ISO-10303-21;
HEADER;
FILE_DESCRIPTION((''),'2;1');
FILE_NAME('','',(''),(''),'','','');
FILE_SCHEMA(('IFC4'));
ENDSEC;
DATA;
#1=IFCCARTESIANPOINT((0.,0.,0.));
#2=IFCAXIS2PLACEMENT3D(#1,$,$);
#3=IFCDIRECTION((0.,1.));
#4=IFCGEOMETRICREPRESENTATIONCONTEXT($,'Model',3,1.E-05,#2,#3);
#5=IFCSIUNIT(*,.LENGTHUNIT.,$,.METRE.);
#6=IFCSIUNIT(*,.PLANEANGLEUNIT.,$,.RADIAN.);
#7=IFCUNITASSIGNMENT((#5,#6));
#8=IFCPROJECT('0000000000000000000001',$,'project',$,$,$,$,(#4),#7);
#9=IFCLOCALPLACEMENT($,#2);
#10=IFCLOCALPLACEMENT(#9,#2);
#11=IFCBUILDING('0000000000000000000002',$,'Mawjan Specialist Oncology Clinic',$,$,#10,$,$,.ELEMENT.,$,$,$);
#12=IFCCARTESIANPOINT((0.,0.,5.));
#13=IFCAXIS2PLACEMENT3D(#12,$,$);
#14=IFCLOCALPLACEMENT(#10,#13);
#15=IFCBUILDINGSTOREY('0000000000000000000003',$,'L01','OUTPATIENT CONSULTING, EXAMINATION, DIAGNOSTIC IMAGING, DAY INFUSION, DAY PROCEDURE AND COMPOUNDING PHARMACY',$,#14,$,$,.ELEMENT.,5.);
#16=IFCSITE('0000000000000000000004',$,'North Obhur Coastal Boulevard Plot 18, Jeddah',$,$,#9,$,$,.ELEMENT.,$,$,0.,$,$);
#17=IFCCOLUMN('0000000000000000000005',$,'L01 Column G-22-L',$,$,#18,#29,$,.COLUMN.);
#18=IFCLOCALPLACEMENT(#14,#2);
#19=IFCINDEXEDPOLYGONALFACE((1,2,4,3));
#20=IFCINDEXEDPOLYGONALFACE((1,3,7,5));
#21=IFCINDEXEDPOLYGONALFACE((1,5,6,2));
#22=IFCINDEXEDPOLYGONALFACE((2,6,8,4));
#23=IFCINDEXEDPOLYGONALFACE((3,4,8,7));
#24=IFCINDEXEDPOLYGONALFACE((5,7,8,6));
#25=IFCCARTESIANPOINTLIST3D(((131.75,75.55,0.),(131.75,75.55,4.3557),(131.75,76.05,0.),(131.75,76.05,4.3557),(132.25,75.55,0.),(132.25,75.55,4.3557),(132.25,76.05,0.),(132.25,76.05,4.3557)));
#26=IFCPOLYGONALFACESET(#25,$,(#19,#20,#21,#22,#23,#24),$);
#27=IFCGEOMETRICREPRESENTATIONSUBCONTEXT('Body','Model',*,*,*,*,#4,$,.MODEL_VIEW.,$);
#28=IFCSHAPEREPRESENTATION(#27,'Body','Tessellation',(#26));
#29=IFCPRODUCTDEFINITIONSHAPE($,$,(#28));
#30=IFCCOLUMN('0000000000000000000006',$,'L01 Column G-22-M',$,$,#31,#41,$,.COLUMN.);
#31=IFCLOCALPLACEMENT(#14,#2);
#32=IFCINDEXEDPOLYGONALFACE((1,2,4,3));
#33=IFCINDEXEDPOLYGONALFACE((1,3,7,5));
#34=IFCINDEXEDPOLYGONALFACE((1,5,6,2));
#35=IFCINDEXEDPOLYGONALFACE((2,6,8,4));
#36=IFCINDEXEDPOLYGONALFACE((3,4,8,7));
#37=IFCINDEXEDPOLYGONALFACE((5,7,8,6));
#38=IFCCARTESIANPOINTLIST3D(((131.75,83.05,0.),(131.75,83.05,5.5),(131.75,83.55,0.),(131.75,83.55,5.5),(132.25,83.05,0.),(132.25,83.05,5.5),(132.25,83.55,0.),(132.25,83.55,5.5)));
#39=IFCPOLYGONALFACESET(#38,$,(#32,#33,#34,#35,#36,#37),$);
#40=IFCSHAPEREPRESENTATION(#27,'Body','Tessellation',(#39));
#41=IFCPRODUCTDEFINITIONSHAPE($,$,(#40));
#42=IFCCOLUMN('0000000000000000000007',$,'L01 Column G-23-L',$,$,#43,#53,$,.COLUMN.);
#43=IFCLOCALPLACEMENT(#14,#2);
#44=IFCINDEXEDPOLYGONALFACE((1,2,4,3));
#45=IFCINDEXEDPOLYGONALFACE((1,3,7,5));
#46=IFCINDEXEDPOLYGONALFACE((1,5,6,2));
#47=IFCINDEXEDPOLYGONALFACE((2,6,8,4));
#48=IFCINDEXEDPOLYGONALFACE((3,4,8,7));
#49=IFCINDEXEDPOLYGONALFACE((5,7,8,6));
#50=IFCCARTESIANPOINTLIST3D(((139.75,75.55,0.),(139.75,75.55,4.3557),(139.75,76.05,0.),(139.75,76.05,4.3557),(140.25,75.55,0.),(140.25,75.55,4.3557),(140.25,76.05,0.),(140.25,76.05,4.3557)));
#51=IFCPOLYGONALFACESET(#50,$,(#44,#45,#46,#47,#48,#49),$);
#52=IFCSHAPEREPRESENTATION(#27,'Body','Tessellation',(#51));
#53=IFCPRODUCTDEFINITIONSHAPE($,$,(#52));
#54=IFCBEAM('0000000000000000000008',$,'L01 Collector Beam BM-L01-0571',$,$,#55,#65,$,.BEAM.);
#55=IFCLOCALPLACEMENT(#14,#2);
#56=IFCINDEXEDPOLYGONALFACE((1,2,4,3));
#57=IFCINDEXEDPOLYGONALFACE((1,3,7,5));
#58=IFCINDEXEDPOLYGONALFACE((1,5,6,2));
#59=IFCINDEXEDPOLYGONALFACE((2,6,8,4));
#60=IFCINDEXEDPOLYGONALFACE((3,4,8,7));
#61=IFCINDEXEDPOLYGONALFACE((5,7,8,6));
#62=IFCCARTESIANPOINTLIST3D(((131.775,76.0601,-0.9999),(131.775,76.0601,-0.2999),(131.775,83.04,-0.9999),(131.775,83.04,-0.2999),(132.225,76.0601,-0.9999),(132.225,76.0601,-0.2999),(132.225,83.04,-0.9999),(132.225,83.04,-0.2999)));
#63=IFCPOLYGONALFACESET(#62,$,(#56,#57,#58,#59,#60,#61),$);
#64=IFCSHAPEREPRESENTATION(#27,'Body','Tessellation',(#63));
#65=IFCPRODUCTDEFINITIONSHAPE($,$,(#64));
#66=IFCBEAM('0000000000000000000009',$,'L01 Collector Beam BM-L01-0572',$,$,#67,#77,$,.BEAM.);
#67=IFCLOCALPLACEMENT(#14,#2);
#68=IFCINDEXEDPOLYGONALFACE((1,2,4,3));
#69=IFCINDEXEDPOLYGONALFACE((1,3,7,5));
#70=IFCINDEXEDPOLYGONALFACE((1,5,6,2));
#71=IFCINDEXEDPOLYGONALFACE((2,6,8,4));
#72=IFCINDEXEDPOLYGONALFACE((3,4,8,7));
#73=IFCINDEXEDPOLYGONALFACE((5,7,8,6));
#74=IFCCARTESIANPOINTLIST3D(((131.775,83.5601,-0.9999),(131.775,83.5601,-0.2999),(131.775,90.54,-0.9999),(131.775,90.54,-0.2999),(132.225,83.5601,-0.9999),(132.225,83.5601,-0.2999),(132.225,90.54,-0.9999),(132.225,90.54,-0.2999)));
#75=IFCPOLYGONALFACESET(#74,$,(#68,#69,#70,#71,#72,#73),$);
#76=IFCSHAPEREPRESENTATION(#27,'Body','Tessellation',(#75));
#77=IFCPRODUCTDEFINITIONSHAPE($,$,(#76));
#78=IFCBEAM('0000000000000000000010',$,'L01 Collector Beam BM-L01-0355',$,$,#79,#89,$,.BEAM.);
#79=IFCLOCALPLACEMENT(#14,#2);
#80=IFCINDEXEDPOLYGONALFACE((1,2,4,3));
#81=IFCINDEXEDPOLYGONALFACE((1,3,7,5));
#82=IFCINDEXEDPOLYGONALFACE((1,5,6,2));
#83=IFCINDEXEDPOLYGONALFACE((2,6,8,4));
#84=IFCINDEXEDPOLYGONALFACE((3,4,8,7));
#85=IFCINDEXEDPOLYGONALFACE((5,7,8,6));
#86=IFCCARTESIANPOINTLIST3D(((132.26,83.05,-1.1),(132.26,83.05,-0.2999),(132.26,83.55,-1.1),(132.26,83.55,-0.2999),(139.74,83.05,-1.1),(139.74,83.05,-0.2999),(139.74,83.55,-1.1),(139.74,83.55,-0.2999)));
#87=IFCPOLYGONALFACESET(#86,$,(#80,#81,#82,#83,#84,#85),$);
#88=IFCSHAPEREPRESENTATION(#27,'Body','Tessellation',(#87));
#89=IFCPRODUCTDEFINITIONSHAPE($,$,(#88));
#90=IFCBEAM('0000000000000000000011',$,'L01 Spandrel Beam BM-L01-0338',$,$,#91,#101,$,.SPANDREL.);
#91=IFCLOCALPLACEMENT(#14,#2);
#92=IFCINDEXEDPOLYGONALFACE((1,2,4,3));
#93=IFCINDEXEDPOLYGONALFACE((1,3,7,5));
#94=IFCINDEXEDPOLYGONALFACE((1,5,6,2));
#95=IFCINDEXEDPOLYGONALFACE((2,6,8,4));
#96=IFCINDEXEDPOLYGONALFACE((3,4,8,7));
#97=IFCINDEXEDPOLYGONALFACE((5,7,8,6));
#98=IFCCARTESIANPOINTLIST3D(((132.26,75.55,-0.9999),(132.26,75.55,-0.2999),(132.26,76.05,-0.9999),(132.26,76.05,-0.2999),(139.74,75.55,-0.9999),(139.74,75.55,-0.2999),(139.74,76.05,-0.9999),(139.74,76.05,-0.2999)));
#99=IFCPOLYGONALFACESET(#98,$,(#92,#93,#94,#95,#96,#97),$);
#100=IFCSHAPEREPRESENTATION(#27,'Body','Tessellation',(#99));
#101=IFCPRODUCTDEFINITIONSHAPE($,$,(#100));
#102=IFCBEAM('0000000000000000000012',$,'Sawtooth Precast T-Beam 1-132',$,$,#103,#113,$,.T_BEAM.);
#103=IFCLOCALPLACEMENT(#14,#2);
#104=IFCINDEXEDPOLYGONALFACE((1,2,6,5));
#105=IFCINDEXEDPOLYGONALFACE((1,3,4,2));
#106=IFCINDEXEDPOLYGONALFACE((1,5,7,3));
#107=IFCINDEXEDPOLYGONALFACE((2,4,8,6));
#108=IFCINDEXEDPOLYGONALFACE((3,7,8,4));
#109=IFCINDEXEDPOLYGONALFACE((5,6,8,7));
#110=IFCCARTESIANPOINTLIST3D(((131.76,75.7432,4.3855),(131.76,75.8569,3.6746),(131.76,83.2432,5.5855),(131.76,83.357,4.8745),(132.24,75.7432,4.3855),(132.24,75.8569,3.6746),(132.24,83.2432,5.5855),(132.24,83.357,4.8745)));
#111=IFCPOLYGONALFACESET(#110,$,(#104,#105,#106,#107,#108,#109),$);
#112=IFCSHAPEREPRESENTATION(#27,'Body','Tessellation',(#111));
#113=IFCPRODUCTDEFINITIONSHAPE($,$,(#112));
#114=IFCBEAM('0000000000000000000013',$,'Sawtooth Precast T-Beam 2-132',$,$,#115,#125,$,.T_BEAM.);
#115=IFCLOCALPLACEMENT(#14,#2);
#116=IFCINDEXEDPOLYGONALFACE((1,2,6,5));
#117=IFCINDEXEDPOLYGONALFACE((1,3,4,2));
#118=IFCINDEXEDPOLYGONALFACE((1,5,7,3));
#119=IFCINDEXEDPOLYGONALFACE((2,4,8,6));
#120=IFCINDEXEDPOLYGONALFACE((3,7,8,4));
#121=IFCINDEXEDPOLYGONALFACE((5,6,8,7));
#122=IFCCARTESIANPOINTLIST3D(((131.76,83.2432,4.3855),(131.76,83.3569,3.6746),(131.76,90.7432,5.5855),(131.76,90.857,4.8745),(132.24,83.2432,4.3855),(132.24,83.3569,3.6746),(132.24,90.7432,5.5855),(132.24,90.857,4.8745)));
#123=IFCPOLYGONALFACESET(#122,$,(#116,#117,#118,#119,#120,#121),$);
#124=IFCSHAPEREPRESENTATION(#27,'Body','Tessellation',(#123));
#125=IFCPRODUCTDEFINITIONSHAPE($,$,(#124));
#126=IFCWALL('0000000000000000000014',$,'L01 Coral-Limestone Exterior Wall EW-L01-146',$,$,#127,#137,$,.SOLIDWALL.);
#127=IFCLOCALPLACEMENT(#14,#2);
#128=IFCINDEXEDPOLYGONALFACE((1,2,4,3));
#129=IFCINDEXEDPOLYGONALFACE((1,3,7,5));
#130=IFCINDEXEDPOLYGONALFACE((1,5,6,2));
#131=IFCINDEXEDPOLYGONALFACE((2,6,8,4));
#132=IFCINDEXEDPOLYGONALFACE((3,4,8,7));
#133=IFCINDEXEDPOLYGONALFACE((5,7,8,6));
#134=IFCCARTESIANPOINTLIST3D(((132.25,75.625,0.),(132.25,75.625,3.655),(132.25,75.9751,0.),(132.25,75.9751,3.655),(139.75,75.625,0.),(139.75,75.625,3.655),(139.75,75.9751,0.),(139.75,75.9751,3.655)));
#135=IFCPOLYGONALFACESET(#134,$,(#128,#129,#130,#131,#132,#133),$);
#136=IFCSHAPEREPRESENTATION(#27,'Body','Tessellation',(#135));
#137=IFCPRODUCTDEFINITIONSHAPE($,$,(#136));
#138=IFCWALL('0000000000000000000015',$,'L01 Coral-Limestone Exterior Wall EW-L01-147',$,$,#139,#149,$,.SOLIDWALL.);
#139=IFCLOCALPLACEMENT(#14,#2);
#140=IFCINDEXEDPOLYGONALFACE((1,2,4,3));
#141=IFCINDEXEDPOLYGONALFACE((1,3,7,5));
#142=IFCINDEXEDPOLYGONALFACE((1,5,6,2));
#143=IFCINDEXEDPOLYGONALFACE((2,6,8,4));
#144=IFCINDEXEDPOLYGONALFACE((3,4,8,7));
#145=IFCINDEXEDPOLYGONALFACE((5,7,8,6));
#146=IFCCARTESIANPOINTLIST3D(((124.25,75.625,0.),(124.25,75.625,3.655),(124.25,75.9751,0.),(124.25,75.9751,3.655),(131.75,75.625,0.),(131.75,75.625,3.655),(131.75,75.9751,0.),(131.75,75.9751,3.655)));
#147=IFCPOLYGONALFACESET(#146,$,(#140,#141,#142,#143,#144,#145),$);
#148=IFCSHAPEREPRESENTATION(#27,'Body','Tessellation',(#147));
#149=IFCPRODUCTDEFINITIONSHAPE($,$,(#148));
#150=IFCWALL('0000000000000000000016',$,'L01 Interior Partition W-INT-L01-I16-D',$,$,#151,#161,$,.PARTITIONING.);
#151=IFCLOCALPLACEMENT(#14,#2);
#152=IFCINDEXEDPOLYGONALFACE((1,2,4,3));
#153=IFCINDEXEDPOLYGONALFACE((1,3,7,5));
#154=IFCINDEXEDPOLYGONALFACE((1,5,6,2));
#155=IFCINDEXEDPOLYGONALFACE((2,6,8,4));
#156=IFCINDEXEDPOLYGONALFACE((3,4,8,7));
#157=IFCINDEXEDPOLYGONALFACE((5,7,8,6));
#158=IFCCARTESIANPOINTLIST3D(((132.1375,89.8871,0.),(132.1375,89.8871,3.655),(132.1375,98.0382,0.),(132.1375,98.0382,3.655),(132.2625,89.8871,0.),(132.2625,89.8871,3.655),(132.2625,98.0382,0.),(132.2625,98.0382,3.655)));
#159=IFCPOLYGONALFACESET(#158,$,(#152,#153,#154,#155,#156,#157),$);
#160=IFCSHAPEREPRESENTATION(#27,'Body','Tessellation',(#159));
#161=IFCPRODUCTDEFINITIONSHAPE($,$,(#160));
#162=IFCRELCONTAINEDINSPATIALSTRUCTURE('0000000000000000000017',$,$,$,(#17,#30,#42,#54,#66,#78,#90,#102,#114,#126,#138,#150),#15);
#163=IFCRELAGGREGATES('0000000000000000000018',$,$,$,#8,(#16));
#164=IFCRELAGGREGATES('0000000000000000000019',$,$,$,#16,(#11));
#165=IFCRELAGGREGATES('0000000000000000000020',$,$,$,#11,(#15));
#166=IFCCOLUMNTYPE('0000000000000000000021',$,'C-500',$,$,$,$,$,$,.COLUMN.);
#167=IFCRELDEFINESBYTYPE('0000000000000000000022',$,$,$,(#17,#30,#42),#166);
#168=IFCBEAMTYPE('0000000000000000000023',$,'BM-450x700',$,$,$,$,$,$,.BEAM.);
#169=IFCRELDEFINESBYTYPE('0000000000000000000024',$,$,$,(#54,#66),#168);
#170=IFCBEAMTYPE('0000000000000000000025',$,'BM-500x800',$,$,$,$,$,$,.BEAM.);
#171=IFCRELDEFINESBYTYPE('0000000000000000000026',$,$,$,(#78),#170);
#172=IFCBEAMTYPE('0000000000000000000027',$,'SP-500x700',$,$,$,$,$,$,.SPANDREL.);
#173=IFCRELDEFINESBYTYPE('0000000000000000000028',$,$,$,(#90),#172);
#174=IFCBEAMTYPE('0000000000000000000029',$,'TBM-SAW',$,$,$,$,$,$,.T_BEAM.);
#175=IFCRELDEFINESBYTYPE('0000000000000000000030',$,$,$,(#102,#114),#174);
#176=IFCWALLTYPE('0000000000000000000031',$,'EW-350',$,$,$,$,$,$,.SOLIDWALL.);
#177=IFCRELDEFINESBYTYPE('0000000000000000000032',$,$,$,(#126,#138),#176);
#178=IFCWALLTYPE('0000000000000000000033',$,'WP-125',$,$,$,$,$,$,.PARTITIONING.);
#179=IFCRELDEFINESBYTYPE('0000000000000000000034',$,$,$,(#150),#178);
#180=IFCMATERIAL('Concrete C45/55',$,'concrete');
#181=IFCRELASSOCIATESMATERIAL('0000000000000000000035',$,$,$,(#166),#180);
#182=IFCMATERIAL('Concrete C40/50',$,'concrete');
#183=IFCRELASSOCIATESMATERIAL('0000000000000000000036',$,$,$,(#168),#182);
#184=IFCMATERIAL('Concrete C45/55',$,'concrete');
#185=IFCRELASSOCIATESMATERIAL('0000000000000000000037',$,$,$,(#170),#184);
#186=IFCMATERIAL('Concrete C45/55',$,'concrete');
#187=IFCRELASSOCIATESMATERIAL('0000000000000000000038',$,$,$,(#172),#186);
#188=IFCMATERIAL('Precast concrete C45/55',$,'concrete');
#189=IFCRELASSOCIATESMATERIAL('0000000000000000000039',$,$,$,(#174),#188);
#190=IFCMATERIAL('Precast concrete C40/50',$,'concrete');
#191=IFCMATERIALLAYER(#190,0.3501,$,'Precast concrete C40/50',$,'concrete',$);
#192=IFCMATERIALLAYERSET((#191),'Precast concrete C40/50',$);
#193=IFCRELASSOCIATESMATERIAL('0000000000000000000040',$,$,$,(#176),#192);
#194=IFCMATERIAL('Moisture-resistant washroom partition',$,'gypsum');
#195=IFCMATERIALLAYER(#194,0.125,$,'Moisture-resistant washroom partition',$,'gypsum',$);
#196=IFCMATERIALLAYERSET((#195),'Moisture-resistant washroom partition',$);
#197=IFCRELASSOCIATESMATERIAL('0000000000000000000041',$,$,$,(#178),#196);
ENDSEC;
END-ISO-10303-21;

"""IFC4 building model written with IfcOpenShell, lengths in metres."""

from ifc_helpers import new_model, si_unit, direction, frame, frame_2d, origin, origin_2d, place, context, subcontext, project, spatial, rectangle, extrude, material, layer, layer_set, material_profile, profile_set, type_object, element, save


model = new_model("IFC4")

# Units and contexts
model_context = context("Model", 3, precision=1e-05, world=origin(), true_north=direction((0.0, 1.0)))
body_context = subcontext(model_context, "Body", "Model", "MODEL_VIEW")
ifc_project = project(units=[si_unit("LENGTHUNIT", "METRE"), si_unit("PLANEANGLEUNIT", "RADIAN")], contexts=[model_context])

# Site, building, storey
site_placement = place(None, origin())
site = spatial("IfcSite", under=ifc_project, at=site_placement, Name="North Obhur Coastal Boulevard Plot 18, Jeddah", CompositionType="ELEMENT", RefElevation=0.0)
building_placement = place(site_placement, origin())
building = spatial("IfcBuilding", under=site, at=building_placement, Name="Mawjan Specialist Oncology Clinic", CompositionType="ELEMENT")
storey_placement = place(building_placement, frame((0.0, 0.0, 5.0)))
storey = spatial("IfcBuildingStorey", under=building, at=storey_placement, Name="L01", Description="OUTPATIENT CONSULTING, EXAMINATION, DIAGNOSTIC IMAGING, DAY INFUSION, DAY PROCEDURE AND COMPOUNDING PHARMACY", CompositionType="ELEMENT", Elevation=5.0)

# Columns
ifc_material_1 = material(Name="Concrete C45/55", Category="concrete")
ifc_material_profile_1 = material_profile(ifc_material_1, rectangle(XDim=0.5, YDim=0.5, at=origin_2d()), Name="RC COL 500x500", Category="concrete")
ifc_profile_set_1 = profile_set([ifc_material_profile_1], Name="Concrete C45/55")
column_type = type_object("IfcColumnType", Name="C-500", PredefinedType="COLUMN", material=ifc_profile_set_1)
column_1_placement = place(storey_placement, frame((132.0, 75.8, 0.0), z_axis=(0.0, 0.0, 1.0), x_axis=(1.0, 0.0, 0.0)))
element("IfcColumn", 1, at=column_1_placement, inside=storey, type_object=column_type, Name="L01 Column G-22-L", PredefinedType="COLUMN", context=body_context, shape_type="SweptSolid", body=[
    extrude(rectangle(XDim=0.5, YDim=0.5, at=origin_2d()), origin(), (0.0, 0.0, 1.0), 4.3557),
])
column_2_placement = place(storey_placement, frame((132.0, 83.3, 0.0), z_axis=(0.0, 0.0, 1.0), x_axis=(1.0, 0.0, 0.0)))
element("IfcColumn", 2, at=column_2_placement, inside=storey, type_object=column_type, Name="L01 Column G-22-M", PredefinedType="COLUMN", context=body_context, shape_type="SweptSolid", body=[
    extrude(rectangle(XDim=0.5, YDim=0.5, at=origin_2d()), origin(), (0.0, 0.0, 1.0), 5.5),
])
column_3_placement = place(storey_placement, frame((140.0, 75.8, 0.0), z_axis=(0.0, 0.0, 1.0), x_axis=(1.0, 0.0, 0.0)))
element("IfcColumn", 3, at=column_3_placement, inside=storey, type_object=column_type, Name="L01 Column G-23-L", PredefinedType="COLUMN", context=body_context, shape_type="SweptSolid", body=[
    extrude(rectangle(XDim=0.5, YDim=0.5, at=origin_2d()), origin(), (0.0, 0.0, 1.0), 4.3557),
])

# Beams
ifc_material_2 = material(Name="Concrete C40/50", Category="concrete")
ifc_material_profile_2 = material_profile(ifc_material_2, rectangle(XDim=0.45, YDim=0.7, at=origin_2d()), Name="RC BM 450x700", Category="concrete")
ifc_profile_set_2 = profile_set([ifc_material_profile_2], Name="Concrete C40/50")
beam_type_1 = type_object("IfcBeamType", Name="BM-450x700", PredefinedType="BEAM", material=ifc_profile_set_2)
for number, where, z_axis, x_axis, name in (
    (4, (132.0, 76.0601, -0.6499), (0.0, 1.0, 0.0), (-1.0, 0.0, 0.0), "L01 Collector Beam BM-L01-0571"),
    (5, (132.0, 83.5601, -0.6499), (0.0, 1.0, 0.0), (-1.0, 0.0, 0.0), "L01 Collector Beam BM-L01-0572"),
):
    element("IfcBeam", number, at=place(storey_placement, frame(where, z_axis=z_axis, x_axis=x_axis)), inside=storey, type_object=beam_type_1, Name=name, PredefinedType="BEAM", context=body_context, shape_type="SweptSolid", body=[
        extrude(rectangle(XDim=0.45, YDim=0.7, at=origin_2d()), origin(), (0.0, 0.0, 1.0), 6.98),
    ])
ifc_material_3 = material(Name="Concrete C45/55", Category="concrete")
ifc_material_profile_3 = material_profile(ifc_material_3, rectangle(XDim=0.5, YDim=0.8, at=origin_2d()), Name="RC BM 500x800", Category="concrete")
ifc_profile_set_3 = profile_set([ifc_material_profile_3], Name="Concrete C45/55")
beam_type_2 = type_object("IfcBeamType", Name="BM-500x800", PredefinedType="BEAM", material=ifc_profile_set_3)
beam_1_placement = place(storey_placement, frame((132.26, 83.3, -0.7), z_axis=(1.0, 0.0, 0.0), x_axis=(0.0, 1.0, 0.0)))
element("IfcBeam", 6, at=beam_1_placement, inside=storey, type_object=beam_type_2, Name="L01 Collector Beam BM-L01-0355", PredefinedType="BEAM", context=body_context, shape_type="SweptSolid", body=[
    extrude(rectangle(XDim=0.5, YDim=0.8, at=origin_2d()), origin(), (0.0, 0.0, 1.0), 7.48),
])
ifc_material_4 = material(Name="Concrete C45/55", Category="concrete")
ifc_material_profile_4 = material_profile(ifc_material_4, rectangle(XDim=0.5, YDim=0.7, at=origin_2d()), Name="RC BM 500x700", Category="concrete")
ifc_profile_set_4 = profile_set([ifc_material_profile_4], Name="Concrete C45/55")
beam_type_3 = type_object("IfcBeamType", Name="SP-500x700", PredefinedType="SPANDREL", material=ifc_profile_set_4)
beam_2_placement = place(storey_placement, frame((132.26, 75.8, -0.6499), z_axis=(1.0, 0.0, 0.0), x_axis=(0.0, 1.0, 0.0)))
element("IfcBeam", 7, at=beam_2_placement, inside=storey, type_object=beam_type_3, Name="L01 Spandrel Beam BM-L01-0338", PredefinedType="SPANDREL", context=body_context, shape_type="SweptSolid", body=[
    extrude(rectangle(XDim=0.5, YDim=0.7, at=origin_2d()), origin(), (0.0, 0.0, 1.0), 7.48),
])
ifc_material_5 = material(Name="Precast concrete C45/55", Category="concrete")
ifc_material_profile_5 = material_profile(ifc_material_5, rectangle(XDim=0.48, YDim=0.72, at=origin_2d()), Name="RC TBM 480x720", Category="concrete")
ifc_profile_set_5 = profile_set([ifc_material_profile_5], Name="Precast concrete C45/55")
beam_type_4 = type_object("IfcBeamType", Name="TBM-SAW", PredefinedType="T_BEAM", material=ifc_profile_set_5)
for number, where, z_axis, x_axis, name in (
    (8, (132.0, 75.8, 4.03), (0.0, 0.987442, 0.157984), (-1.0, 0.0, 0.0), "Sawtooth Precast T-Beam 1-132"),
    (9, (132.0, 83.3, 4.03), (0.0, 0.987442, 0.157984), (-1.0, 0.0, 0.0), "Sawtooth Precast T-Beam 2-132"),
):
    element("IfcBeam", number, at=place(storey_placement, frame(where, z_axis=z_axis, x_axis=x_axis)), inside=storey, type_object=beam_type_4, Name=name, PredefinedType="T_BEAM", context=body_context, shape_type="SweptSolid", body=[
        extrude(rectangle(XDim=0.48, YDim=0.72, at=origin_2d()), origin(), (0.0, 0.0, 1.0), 7.5955),
    ])

# Walls
ifc_material_6 = material(Name="Precast concrete C40/50", Category="concrete")
ifc_layer_1 = layer(ifc_material_6, 0.3501, Name="Precast concrete C40/50", Category="concrete")
ifc_layer_set_1 = layer_set([ifc_layer_1], Name="Precast concrete C40/50")
wall_type_1 = type_object("IfcWallType", Name="EW-350", PredefinedType="SOLIDWALL", material=ifc_layer_set_1)
for number, where, z_axis, x_axis, name in (
    (10, (139.75, 75.8, 0.0), (0.0, 0.0, 1.0), (-1.0, 0.0, 0.0), "L01 Coral-Limestone Exterior Wall EW-L01-146"),
    (11, (131.75, 75.8, 0.0), (0.0, 0.0, 1.0), (-1.0, 0.0, 0.0), "L01 Coral-Limestone Exterior Wall EW-L01-147"),
):
    element("IfcWall", number, at=place(storey_placement, frame(where, z_axis=z_axis, x_axis=x_axis)), inside=storey, type_object=wall_type_1, Name=name, PredefinedType="SOLIDWALL", context=body_context, shape_type="SweptSolid", body=[
        extrude(rectangle(XDim=7.5, YDim=0.3501, at=frame_2d((3.75, 0.0))), origin(), (0.0, 0.0, 1.0), 3.655),
    ])
ifc_material_7 = material(Name="Moisture-resistant washroom partition", Category="gypsum")
ifc_layer_2 = layer(ifc_material_7, 0.125, Name="Moisture-resistant washroom partition", Category="gypsum")
ifc_layer_set_2 = layer_set([ifc_layer_2], Name="Moisture-resistant washroom partition")
wall_type_2 = type_object("IfcWallType", Name="WP-125", PredefinedType="PARTITIONING", material=ifc_layer_set_2)
wall_1_placement = place(storey_placement, frame((132.2, 89.887, 0.0), z_axis=(0.0, 0.0, 1.0), x_axis=(0.0, 1.0, 0.0)))
element("IfcWall", 12, at=wall_1_placement, inside=storey, type_object=wall_type_2, Name="L01 Interior Partition W-INT-L01-I16-D", PredefinedType="PARTITIONING", context=body_context, shape_type="SweptSolid", body=[
    extrude(rectangle(XDim=8.1511, YDim=0.125, at=frame_2d((4.0757, 0.0))), origin(), (0.0, 0.0, 1.0), 3.655),
])

save(model, "model.ifc")
